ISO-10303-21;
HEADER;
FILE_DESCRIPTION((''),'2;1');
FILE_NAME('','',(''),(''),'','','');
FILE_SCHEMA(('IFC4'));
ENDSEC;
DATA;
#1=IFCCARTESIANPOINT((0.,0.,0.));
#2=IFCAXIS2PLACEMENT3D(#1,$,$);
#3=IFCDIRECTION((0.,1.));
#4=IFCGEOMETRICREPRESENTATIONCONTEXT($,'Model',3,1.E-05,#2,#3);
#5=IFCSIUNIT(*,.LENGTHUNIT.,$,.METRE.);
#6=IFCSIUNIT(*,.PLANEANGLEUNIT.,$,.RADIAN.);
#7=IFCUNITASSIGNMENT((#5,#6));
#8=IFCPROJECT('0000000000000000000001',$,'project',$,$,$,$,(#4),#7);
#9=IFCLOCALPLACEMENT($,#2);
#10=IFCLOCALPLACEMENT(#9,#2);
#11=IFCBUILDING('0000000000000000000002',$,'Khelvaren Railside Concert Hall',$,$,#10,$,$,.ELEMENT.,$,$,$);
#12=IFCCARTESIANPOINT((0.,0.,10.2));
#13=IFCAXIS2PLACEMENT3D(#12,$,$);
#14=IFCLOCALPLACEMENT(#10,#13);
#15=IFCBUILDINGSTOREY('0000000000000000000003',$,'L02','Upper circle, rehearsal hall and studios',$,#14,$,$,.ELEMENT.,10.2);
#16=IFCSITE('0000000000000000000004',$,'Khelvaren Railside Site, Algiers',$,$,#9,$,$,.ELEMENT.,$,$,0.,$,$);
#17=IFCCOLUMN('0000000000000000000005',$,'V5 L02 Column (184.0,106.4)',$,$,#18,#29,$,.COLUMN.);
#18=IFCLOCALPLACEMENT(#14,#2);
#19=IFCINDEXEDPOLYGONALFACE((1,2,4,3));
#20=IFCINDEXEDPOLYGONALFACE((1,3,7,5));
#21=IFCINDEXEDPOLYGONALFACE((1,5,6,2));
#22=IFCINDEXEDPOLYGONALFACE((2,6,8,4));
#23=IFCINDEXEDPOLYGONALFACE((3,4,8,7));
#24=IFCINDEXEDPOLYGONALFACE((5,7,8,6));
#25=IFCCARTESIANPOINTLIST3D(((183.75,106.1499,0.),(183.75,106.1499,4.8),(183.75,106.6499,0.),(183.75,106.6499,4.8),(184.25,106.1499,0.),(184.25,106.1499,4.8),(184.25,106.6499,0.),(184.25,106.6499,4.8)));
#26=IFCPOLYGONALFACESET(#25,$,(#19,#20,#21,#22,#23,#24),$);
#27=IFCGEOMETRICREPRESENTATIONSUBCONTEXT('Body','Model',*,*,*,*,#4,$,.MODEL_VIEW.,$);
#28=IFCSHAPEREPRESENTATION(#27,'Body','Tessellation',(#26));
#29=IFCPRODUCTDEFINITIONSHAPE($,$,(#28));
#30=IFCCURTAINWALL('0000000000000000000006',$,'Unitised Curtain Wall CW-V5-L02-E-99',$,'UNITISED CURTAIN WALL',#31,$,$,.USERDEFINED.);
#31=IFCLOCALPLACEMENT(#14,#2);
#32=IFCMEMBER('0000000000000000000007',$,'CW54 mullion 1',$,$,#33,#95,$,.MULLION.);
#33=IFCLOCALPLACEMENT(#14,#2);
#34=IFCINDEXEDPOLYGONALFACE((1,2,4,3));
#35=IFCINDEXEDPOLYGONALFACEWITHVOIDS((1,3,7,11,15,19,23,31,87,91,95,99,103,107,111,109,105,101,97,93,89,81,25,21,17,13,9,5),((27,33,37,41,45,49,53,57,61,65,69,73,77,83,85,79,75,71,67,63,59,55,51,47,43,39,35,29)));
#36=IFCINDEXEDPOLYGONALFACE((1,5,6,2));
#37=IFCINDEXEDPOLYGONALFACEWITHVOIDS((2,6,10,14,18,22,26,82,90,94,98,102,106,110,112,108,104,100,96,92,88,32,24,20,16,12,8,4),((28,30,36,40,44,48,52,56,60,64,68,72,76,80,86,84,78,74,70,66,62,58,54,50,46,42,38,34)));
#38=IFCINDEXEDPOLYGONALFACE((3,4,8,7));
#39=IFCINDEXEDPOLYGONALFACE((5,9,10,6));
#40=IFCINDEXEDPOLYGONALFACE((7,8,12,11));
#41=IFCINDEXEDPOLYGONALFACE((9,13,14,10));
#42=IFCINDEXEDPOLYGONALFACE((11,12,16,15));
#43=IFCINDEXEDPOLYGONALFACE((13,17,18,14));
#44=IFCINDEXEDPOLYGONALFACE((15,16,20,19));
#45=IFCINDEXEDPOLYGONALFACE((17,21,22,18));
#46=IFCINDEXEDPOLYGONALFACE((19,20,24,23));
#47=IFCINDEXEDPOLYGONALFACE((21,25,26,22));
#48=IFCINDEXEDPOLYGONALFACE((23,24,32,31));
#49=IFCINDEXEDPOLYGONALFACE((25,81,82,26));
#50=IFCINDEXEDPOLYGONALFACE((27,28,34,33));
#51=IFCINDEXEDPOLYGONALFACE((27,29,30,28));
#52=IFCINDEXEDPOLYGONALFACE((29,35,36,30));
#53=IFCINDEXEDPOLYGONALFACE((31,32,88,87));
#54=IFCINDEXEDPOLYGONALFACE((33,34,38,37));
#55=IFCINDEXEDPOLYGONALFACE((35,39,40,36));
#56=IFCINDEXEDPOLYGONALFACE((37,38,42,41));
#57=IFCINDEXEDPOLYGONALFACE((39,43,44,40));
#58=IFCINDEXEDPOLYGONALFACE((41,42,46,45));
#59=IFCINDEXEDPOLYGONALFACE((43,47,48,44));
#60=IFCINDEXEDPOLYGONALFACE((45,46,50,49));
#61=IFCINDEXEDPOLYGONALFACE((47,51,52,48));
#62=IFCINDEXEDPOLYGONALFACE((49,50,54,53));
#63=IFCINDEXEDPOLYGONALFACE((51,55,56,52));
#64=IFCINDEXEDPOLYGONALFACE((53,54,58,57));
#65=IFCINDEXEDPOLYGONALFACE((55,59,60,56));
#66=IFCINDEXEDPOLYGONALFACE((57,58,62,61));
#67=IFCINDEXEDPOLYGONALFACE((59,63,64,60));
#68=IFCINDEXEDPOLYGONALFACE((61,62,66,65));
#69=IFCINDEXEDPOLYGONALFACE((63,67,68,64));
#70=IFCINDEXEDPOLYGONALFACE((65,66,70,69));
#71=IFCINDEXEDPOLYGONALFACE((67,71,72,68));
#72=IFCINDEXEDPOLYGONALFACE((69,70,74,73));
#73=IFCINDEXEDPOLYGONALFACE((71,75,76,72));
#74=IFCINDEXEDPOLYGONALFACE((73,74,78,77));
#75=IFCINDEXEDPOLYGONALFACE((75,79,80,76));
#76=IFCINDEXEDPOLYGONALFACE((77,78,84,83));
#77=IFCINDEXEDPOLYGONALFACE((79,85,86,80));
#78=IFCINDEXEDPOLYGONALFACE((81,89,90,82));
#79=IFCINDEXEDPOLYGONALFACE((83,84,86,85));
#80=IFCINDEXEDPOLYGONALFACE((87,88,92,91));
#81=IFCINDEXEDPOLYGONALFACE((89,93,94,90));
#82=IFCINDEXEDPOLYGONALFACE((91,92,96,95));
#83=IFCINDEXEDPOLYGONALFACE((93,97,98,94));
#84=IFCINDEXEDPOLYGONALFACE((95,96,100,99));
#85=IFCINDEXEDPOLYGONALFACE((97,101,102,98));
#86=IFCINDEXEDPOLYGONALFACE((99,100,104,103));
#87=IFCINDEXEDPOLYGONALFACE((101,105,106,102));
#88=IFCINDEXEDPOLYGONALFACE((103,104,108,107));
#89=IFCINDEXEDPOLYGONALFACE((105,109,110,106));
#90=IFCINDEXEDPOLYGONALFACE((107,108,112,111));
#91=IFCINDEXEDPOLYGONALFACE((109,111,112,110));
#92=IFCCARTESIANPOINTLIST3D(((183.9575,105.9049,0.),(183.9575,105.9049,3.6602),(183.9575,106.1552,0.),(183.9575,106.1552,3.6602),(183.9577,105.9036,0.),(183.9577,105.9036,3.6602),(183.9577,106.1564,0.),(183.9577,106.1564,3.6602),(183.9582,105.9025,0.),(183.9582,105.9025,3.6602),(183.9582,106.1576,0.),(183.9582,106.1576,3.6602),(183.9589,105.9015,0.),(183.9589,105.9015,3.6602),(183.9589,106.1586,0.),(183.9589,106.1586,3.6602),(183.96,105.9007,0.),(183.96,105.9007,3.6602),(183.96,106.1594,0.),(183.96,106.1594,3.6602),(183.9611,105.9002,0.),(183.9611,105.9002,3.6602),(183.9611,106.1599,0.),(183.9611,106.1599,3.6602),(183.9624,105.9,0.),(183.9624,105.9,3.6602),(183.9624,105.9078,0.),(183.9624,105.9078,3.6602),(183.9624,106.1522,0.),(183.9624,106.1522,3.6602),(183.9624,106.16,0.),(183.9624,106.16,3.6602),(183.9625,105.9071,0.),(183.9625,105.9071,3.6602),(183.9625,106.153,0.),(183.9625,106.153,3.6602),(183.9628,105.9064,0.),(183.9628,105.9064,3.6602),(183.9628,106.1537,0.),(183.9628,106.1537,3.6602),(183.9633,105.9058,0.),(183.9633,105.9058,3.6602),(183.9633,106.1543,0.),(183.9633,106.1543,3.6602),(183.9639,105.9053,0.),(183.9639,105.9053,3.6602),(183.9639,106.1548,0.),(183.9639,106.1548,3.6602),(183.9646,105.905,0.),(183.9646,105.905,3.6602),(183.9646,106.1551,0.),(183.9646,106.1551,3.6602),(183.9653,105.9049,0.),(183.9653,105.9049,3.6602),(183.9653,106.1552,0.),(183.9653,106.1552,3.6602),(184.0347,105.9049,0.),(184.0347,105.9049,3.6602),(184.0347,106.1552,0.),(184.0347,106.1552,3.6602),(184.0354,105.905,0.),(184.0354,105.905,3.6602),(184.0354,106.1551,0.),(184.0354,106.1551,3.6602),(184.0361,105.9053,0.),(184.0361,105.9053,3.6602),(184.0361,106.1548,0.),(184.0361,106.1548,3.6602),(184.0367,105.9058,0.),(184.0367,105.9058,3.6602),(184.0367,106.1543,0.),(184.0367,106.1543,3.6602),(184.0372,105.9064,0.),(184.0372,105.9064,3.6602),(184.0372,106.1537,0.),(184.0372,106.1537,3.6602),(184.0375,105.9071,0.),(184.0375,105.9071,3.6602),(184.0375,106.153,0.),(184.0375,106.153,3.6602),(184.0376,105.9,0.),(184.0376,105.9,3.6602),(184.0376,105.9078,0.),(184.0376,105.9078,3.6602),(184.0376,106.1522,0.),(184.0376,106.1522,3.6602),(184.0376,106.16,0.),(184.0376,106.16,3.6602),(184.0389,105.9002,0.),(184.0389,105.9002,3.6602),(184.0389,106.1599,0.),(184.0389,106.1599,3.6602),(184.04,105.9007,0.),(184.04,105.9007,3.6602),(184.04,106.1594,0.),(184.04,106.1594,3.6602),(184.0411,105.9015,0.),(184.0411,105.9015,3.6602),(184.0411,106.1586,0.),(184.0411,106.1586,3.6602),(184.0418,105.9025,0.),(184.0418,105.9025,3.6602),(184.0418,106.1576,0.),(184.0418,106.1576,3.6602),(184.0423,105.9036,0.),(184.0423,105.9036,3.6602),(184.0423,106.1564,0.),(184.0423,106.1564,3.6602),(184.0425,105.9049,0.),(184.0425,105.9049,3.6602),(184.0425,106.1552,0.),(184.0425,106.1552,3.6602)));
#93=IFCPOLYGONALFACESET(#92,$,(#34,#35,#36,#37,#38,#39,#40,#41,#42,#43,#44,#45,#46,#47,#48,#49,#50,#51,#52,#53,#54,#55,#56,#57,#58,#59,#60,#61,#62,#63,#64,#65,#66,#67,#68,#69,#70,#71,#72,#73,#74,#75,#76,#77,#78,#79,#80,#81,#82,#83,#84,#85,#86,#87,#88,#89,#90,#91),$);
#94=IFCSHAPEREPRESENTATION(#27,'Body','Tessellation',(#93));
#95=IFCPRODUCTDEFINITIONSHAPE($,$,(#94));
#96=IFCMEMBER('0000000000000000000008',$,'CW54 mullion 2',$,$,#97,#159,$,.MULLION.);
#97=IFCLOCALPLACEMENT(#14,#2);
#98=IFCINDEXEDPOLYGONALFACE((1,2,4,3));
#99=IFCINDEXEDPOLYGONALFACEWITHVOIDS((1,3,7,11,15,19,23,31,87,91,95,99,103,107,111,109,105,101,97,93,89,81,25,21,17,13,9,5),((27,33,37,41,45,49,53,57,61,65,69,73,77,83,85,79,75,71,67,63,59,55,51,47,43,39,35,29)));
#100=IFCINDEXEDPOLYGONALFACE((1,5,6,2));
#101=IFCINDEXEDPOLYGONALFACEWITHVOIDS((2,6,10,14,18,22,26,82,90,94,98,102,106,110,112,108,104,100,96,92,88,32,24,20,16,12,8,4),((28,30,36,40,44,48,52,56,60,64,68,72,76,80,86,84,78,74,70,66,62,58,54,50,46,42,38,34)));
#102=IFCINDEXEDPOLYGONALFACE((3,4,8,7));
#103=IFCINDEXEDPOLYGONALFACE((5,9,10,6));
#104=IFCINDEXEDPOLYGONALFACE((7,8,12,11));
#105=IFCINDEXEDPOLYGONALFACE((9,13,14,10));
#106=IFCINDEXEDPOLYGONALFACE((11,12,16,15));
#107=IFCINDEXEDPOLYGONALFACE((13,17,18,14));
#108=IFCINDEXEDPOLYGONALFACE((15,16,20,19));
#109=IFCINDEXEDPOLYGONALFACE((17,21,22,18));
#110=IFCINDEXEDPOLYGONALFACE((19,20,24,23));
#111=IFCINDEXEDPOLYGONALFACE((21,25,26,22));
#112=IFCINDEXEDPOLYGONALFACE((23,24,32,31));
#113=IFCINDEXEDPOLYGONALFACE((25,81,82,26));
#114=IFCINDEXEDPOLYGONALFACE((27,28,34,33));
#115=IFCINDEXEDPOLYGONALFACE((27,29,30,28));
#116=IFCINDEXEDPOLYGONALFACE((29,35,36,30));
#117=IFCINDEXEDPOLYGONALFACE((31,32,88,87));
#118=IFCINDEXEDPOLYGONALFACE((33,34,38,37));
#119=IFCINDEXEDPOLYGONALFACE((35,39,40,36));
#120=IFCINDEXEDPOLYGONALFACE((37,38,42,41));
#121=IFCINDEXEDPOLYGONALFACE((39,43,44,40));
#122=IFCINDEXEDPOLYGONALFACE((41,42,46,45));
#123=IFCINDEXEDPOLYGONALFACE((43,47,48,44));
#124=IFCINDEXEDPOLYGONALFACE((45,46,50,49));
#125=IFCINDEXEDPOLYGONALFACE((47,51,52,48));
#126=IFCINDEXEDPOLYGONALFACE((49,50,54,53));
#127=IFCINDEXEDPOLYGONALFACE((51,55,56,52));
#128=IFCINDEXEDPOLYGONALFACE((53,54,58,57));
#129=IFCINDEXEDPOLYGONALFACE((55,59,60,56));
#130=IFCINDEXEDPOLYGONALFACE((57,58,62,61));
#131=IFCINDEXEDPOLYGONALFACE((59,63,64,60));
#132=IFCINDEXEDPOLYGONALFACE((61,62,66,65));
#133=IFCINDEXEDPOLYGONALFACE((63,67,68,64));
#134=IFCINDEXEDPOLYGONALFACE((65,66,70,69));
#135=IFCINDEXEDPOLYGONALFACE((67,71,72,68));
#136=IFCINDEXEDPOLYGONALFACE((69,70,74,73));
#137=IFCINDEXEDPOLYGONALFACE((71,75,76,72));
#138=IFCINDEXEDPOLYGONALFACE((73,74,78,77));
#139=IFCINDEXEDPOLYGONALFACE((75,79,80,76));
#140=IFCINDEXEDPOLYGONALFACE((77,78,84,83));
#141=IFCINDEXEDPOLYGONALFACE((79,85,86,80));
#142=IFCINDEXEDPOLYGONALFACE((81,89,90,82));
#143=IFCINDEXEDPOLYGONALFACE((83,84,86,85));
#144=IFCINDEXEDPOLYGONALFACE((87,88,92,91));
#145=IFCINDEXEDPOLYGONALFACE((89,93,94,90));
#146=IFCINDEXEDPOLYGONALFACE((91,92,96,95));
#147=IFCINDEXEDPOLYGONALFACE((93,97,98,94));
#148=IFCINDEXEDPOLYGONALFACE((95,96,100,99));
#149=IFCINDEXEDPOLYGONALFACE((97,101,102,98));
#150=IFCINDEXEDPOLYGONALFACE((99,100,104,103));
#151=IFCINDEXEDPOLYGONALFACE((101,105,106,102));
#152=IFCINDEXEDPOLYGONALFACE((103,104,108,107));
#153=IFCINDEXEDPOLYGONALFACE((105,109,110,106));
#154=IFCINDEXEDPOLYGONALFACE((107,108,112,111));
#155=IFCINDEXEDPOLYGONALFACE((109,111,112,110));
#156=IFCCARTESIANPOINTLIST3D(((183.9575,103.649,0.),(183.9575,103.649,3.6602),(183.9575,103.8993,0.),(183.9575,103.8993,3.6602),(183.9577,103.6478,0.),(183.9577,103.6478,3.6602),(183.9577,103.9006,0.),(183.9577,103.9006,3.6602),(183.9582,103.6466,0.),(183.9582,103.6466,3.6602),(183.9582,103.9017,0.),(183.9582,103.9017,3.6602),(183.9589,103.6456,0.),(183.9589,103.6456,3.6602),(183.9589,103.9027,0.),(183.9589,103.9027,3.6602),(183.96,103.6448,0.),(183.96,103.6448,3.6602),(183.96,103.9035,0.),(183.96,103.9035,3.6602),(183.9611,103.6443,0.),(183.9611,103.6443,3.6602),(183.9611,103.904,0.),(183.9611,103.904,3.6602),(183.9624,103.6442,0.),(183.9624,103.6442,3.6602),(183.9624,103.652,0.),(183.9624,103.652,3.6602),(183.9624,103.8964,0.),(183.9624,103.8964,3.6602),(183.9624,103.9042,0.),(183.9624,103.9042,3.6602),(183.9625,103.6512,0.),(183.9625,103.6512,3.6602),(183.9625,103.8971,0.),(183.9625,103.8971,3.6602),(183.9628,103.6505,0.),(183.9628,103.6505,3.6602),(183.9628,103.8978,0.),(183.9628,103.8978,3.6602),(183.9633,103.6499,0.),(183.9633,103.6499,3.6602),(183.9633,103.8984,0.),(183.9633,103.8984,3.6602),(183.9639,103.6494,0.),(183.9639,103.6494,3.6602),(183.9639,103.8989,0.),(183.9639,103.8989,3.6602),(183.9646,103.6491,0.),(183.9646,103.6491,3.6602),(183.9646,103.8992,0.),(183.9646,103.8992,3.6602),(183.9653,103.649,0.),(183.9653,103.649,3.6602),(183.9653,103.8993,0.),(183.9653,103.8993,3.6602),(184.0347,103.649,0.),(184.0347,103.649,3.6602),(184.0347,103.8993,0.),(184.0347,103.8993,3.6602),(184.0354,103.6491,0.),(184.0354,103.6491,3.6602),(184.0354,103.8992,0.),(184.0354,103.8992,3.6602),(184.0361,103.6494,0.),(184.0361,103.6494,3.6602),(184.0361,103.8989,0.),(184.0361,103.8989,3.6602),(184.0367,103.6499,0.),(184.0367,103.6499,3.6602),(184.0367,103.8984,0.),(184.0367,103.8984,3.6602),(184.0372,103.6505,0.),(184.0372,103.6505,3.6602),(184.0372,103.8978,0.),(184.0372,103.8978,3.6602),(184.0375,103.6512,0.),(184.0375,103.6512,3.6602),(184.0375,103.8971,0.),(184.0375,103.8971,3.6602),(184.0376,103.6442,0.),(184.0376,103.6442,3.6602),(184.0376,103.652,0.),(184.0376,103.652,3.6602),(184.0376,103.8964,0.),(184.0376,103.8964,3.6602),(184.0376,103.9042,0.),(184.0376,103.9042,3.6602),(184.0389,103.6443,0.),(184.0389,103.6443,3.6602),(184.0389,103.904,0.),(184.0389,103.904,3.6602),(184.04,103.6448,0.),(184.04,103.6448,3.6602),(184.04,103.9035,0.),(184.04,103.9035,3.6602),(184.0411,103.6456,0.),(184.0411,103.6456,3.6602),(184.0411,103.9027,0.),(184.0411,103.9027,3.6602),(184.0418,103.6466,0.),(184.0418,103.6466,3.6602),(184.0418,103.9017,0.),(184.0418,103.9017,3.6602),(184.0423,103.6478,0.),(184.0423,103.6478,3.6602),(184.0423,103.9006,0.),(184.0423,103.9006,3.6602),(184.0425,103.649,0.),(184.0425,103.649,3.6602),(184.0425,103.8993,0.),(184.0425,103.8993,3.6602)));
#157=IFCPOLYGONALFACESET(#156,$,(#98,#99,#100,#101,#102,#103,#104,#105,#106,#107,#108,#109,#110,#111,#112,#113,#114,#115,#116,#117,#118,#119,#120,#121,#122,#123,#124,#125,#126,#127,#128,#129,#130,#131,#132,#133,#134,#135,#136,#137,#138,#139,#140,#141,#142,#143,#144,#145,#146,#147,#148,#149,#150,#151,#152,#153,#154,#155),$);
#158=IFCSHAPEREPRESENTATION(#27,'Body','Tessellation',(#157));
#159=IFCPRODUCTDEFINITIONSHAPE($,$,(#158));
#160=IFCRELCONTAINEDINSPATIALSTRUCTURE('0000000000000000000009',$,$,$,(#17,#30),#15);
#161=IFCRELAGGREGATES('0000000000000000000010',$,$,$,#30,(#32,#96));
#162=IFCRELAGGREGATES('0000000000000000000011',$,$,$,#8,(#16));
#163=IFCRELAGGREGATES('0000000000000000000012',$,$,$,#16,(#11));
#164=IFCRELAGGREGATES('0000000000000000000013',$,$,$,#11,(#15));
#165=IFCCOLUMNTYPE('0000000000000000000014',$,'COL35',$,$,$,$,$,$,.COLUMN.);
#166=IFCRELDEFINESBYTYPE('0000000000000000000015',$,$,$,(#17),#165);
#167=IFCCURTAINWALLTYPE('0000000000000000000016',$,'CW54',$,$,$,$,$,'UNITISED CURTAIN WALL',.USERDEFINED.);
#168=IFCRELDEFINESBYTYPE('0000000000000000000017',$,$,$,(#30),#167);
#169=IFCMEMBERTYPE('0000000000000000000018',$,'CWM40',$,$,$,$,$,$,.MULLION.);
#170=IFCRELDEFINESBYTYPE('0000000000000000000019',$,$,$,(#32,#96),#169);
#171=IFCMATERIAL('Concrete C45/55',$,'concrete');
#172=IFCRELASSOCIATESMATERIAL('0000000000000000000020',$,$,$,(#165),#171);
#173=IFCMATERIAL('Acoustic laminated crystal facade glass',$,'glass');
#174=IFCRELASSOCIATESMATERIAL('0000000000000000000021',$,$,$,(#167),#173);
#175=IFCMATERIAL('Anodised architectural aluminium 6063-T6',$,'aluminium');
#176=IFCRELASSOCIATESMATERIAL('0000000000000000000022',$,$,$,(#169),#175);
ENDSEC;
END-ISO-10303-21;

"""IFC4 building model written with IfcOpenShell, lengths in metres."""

from ifc_helpers import new_model, si_unit, direction, frame, origin, origin_2d, place, context, subcontext, project, spatial, rectangle, hollow_rectangle, extrude, material, material_profile, profile_set, type_object, element, aggregate, save


model = new_model("IFC4")

# Units and contexts
model_context = context("Model", 3, precision=1e-05, world=origin(), true_north=direction((0.0, 1.0)))
body_context = subcontext(model_context, "Body", "Model", "MODEL_VIEW")
ifc_project = project(units=[si_unit("LENGTHUNIT", "METRE"), si_unit("PLANEANGLEUNIT", "RADIAN")], contexts=[model_context])

# Site, building, storey
site_placement = place(None, origin())
site = spatial("IfcSite", under=ifc_project, at=site_placement, Name="Khelvaren Railside Site, Algiers", CompositionType="ELEMENT", RefElevation=0.0)
building_placement = place(site_placement, origin())
building = spatial("IfcBuilding", under=site, at=building_placement, Name="Khelvaren Railside Concert Hall", CompositionType="ELEMENT")
storey_placement = place(building_placement, frame((0.0, 0.0, 10.2)))
storey = spatial("IfcBuildingStorey", under=building, at=storey_placement, Name="L02", Description="Upper circle, rehearsal hall and studios", CompositionType="ELEMENT", Elevation=10.2)

# Column
ifc_material_1 = material(Name="Concrete C45/55", Category="concrete")
ifc_material_profile_1 = material_profile(ifc_material_1, rectangle(XDim=0.5, YDim=0.5, at=origin_2d()), Name="RC 500x500")
ifc_profile_set_1 = profile_set([ifc_material_profile_1], Name="Concrete C45/55")
column_type = type_object("IfcColumnType", Name="COL35", PredefinedType="COLUMN", material=ifc_profile_set_1)
column_placement = place(storey_placement, frame((184.0, 106.3999, 0.0), z_axis=(0.0, 0.0, 1.0), x_axis=(1.0, 0.0, 0.0)))
element("IfcColumn", 1, at=column_placement, inside=storey, type_object=column_type, Name="V5 L02 Column (184.0,106.4)", PredefinedType="COLUMN", context=body_context, shape_type="SweptSolid", body=[
    extrude(rectangle(XDim=0.5, YDim=0.5, at=origin_2d()), origin(), (0.0, 0.0, 1.0), 4.8),
])

# Curtain wall, members
ifc_material_2 = material(Name="Acoustic laminated crystal facade glass", Category="glass")
curtain_wall_type = type_object("IfcCurtainWallType", Name="CW54", ElementType="UNITISED CURTAIN WALL", PredefinedType="USERDEFINED", material=ifc_material_2)
curtain_wall_placement = place(storey_placement, origin())
curtain_wall = element("IfcCurtainWall", 2, at=curtain_wall_placement, inside=storey, type_object=curtain_wall_type, Name="Unitised Curtain Wall CW-V5-L02-E-99", ObjectType="UNITISED CURTAIN WALL", PredefinedType="USERDEFINED")
ifc_material_3 = material(Name="Anodised architectural aluminium 6063-T6", Category="aluminium")
ifc_material_profile_2 = material_profile(ifc_material_3, hollow_rectangle(XDim=0.085, YDim=0.26, WallThickness=0.0049, InnerFilletRadius=0.0029, OuterFilletRadius=0.0049, at=origin_2d()), Name="CWM 85x260x5")
ifc_profile_set_2 = profile_set([ifc_material_profile_2], Name="Anodised architectural aluminium 6063-T6")
member_type_1 = type_object("IfcMemberType", Name="CWM40", PredefinedType="MULLION", material=ifc_profile_set_2)
member_1_placement = place(storey_placement, frame((184.0, 106.03, 0.0), z_axis=(0.0, 0.0, 1.0), x_axis=(1.0, 0.0, 0.0)))
member_1 = element("IfcMember", 3, at=member_1_placement, type_object=member_type_1, Name="CW54 mullion 1", PredefinedType="MULLION", context=body_context, shape_type="SweptSolid", body=[
    extrude(hollow_rectangle(XDim=0.085, YDim=0.26, WallThickness=0.0049, InnerFilletRadius=0.0029, OuterFilletRadius=0.0049, at=origin_2d()), origin(), (0.0, 0.0, 1.0), 3.6602),
])
member_2_placement = place(storey_placement, frame((184.0, 103.7742, 0.0), z_axis=(0.0, 0.0, 1.0), x_axis=(1.0, 0.0, 0.0)))
member_2 = element("IfcMember", 4, at=member_2_placement, type_object=member_type_1, Name="CW54 mullion 2", PredefinedType="MULLION", context=body_context, shape_type="SweptSolid", body=[
    extrude(hollow_rectangle(XDim=0.085, YDim=0.26, WallThickness=0.0049, InnerFilletRadius=0.0029, OuterFilletRadius=0.0049, at=origin_2d()), origin(), (0.0, 0.0, 1.0), 3.6602),
])

aggregate(curtain_wall, [member_1, member_2])

save(model, "model.ifc")
